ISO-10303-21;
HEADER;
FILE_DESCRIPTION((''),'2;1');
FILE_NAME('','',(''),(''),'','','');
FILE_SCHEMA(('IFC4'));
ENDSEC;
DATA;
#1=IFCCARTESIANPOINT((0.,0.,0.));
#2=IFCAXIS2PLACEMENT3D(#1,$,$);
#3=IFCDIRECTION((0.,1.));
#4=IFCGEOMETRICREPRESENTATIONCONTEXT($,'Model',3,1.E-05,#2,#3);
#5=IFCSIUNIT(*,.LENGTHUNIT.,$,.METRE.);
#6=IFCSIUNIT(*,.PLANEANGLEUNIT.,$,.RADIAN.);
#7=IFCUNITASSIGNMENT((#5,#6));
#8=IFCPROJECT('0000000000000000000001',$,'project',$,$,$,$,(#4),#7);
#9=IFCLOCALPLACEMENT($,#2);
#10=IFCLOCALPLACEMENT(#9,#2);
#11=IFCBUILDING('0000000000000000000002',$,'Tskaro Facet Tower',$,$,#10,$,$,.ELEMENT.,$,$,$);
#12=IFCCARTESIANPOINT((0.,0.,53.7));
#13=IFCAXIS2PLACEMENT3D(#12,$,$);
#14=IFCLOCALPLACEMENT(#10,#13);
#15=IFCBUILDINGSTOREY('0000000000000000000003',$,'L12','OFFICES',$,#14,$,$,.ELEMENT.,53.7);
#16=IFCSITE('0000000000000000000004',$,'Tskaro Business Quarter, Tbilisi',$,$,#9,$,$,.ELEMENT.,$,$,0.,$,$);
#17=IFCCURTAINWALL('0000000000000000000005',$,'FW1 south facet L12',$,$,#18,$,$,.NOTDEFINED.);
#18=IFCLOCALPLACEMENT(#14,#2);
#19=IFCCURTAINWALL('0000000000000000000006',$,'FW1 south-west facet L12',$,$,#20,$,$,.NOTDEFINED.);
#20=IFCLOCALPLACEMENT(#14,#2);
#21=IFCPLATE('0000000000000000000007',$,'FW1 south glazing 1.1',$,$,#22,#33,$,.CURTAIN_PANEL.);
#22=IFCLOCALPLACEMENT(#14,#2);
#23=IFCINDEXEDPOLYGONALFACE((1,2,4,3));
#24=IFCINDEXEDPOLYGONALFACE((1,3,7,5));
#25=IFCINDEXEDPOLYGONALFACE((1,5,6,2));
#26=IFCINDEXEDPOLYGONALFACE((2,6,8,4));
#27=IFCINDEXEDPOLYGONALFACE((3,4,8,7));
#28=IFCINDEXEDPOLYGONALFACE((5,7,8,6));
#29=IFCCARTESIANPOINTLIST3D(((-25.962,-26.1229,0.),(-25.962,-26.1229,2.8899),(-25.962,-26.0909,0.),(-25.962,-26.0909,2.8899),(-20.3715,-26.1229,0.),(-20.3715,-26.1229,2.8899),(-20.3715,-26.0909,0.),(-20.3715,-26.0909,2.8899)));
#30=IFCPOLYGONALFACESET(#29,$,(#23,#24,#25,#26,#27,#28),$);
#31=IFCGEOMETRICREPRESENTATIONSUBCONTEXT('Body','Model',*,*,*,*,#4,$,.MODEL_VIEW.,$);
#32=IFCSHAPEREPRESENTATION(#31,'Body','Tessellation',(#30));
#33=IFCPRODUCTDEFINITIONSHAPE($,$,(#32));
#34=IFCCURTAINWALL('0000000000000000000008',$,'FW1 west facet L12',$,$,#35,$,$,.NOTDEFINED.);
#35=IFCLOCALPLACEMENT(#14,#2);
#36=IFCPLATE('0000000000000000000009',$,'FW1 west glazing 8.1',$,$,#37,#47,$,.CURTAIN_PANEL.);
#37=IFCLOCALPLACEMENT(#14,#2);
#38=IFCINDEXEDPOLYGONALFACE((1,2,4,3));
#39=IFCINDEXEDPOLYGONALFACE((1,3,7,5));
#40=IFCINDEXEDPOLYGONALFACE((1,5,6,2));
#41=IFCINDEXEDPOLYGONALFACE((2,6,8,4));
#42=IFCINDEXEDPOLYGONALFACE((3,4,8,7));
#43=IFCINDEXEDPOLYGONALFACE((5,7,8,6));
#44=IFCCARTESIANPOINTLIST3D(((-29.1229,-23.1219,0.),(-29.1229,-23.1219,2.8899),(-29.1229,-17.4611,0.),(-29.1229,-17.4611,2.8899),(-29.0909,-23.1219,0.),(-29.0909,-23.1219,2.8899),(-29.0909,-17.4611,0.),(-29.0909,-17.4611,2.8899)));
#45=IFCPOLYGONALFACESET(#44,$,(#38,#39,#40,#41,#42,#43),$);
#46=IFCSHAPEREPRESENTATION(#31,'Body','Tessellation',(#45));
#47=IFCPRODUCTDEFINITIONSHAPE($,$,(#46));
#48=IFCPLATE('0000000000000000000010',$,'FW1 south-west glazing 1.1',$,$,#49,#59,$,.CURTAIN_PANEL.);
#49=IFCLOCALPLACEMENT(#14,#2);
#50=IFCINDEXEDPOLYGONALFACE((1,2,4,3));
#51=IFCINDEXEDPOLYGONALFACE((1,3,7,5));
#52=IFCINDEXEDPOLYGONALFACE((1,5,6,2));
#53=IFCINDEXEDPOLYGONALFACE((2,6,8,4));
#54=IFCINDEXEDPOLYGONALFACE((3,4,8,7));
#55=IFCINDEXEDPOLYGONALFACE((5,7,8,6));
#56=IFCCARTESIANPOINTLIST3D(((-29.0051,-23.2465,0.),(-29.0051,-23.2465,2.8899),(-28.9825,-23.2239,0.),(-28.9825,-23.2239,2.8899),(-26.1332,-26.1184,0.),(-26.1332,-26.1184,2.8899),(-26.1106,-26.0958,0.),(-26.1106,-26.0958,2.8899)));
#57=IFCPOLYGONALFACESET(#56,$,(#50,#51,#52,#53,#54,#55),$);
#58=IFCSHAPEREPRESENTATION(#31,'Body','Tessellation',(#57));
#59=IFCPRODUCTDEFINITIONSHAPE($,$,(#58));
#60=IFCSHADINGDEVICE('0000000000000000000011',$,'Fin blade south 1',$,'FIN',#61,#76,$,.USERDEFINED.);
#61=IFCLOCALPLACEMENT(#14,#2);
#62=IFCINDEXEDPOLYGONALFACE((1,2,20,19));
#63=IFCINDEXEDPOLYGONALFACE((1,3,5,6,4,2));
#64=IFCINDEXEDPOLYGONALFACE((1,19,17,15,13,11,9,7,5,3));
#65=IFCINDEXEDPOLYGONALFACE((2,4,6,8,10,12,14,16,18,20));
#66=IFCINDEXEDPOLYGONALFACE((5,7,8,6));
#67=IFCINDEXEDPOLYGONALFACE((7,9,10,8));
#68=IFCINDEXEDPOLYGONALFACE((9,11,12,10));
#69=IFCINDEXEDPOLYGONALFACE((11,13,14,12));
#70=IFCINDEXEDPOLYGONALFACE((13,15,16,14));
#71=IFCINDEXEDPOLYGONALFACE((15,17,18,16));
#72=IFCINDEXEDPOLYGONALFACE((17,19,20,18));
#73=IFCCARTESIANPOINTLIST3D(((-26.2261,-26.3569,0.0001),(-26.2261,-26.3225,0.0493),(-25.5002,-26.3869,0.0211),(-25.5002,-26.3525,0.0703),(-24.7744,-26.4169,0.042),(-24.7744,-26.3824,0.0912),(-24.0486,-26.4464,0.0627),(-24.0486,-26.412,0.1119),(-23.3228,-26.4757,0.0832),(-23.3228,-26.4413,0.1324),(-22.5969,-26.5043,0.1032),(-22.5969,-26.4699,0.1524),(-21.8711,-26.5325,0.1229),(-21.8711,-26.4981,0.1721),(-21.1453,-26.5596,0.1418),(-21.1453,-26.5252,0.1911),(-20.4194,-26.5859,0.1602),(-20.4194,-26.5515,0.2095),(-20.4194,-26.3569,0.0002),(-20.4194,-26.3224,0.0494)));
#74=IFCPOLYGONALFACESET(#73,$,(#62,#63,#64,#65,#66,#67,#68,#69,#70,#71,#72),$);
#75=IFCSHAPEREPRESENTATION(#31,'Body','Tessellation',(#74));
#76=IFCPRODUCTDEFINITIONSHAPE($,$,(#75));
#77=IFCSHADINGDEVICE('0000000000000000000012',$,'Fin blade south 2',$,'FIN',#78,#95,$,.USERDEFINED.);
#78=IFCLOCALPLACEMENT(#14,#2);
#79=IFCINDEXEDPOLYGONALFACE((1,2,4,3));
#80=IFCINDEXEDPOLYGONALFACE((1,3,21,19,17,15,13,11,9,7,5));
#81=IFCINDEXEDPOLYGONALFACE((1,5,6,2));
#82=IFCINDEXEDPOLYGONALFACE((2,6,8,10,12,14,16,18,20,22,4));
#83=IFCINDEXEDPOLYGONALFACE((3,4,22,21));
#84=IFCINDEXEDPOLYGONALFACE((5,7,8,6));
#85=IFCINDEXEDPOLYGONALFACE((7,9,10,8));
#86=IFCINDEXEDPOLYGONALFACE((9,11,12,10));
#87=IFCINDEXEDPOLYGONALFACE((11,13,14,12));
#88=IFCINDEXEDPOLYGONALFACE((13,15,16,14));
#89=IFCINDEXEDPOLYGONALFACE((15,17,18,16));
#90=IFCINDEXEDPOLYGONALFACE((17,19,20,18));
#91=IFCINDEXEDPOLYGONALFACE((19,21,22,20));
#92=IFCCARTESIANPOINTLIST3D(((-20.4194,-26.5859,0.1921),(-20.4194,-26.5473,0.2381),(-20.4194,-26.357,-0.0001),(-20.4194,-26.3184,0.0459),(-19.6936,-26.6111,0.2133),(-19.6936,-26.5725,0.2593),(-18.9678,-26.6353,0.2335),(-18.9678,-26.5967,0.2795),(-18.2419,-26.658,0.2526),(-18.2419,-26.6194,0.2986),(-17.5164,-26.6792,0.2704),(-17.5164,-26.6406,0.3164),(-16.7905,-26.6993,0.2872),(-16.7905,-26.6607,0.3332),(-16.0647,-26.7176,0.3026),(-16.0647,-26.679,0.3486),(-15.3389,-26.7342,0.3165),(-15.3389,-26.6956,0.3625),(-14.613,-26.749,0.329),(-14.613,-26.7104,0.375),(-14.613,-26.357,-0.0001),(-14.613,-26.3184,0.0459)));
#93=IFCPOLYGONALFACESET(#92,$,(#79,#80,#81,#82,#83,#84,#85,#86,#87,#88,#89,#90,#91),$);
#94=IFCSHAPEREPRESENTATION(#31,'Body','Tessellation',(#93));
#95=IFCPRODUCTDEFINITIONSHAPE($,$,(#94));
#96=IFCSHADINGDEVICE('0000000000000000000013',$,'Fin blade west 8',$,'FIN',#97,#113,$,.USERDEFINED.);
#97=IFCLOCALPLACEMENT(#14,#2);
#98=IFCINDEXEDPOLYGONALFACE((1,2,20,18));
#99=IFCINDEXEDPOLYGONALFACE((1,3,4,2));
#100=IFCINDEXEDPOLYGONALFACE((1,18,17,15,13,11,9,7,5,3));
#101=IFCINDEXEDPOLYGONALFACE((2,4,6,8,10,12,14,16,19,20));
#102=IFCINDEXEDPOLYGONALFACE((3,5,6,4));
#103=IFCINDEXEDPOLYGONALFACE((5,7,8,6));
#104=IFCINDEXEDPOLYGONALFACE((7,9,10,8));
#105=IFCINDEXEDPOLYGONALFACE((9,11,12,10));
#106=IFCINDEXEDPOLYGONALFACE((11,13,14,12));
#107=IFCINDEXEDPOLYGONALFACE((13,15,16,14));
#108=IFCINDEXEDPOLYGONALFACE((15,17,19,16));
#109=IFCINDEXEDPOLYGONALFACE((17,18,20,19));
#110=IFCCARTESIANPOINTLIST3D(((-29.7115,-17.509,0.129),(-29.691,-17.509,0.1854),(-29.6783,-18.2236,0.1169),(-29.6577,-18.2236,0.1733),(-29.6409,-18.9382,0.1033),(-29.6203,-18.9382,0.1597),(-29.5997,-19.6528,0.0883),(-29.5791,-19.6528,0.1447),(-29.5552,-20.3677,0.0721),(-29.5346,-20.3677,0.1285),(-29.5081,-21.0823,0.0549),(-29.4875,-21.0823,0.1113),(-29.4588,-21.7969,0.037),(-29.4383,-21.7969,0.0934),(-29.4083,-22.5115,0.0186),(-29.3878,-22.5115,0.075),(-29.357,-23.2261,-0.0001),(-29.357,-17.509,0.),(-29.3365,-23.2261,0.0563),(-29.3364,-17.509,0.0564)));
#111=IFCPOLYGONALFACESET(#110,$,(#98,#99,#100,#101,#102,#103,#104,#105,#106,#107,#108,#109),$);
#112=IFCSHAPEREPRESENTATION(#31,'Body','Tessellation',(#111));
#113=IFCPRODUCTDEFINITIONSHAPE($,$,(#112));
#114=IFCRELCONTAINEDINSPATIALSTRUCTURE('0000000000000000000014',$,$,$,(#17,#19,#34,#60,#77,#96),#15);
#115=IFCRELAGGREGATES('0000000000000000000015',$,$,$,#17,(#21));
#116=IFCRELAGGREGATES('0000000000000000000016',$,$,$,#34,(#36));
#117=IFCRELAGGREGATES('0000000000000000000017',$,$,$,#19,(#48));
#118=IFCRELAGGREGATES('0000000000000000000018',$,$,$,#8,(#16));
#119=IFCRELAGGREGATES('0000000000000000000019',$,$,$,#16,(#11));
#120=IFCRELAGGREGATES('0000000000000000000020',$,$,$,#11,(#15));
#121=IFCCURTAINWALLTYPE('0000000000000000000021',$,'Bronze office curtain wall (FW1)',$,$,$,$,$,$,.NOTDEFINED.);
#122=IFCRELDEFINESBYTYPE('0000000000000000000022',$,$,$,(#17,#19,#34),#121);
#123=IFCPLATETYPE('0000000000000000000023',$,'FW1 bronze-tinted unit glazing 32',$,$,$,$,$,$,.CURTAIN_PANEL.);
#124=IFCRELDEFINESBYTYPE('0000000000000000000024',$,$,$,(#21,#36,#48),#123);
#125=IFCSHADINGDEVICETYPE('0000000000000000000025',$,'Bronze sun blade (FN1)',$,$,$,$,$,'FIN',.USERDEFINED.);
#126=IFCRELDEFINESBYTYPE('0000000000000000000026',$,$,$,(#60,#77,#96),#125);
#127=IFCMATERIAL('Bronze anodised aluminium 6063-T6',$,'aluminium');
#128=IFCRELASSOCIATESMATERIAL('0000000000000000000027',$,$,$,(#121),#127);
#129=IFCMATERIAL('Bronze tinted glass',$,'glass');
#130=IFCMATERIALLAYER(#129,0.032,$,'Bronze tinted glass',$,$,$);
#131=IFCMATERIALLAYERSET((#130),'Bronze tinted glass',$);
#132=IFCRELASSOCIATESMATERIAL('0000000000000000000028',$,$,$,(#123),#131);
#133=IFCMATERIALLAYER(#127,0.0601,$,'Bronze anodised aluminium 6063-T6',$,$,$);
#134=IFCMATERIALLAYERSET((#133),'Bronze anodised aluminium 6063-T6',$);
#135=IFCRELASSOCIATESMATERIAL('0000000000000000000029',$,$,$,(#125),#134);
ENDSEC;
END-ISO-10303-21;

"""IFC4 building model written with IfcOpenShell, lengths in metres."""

from ifc_helpers import new_model, si_unit, direction, frame, origin, origin_2d, place, context, subcontext, project, spatial, polyline, rectangle, outline, extrude, material, layer, layer_set, type_object, element, aggregate, save


model = new_model("IFC4")

# Units and contexts
model_context = context("Model", 3, precision=1e-05, world=origin(), true_north=direction((0.0, 1.0)))
body_context = subcontext(model_context, "Body", "Model", "MODEL_VIEW")
ifc_project = project(units=[si_unit("LENGTHUNIT", "METRE"), si_unit("PLANEANGLEUNIT", "RADIAN")], contexts=[model_context])

# Site, building, storey
site_placement = place(None, origin())
site = spatial("IfcSite", under=ifc_project, at=site_placement, Name="Tskaro Business Quarter, Tbilisi", CompositionType="ELEMENT", RefElevation=0.0)
building_placement = place(site_placement, origin())
building = spatial("IfcBuilding", under=site, at=building_placement, Name="Tskaro Facet Tower", CompositionType="ELEMENT")
storey_placement = place(building_placement, frame((0.0, 0.0, 53.7)))
storey = spatial("IfcBuildingStorey", under=building, at=storey_placement, Name="L12", Description="OFFICES", CompositionType="ELEMENT", Elevation=53.7)

# Curtain walls
ifc_material_1 = material(Name="Bronze anodised aluminium 6063-T6", Category="aluminium")
curtain_wall_type = type_object("IfcCurtainWallType", Name="Bronze office curtain wall (FW1)", PredefinedType="NOTDEFINED", material=ifc_material_1)
curtain_wall_1_placement = place(storey_placement, origin())
curtain_wall_1 = element("IfcCurtainWall", 1, at=curtain_wall_1_placement, inside=storey, type_object=curtain_wall_type, Name="FW1 south facet L12", PredefinedType="NOTDEFINED")
curtain_wall_2_placement = place(storey_placement, origin())
curtain_wall_2 = element("IfcCurtainWall", 2, at=curtain_wall_2_placement, inside=storey, type_object=curtain_wall_type, Name="FW1 south-west facet L12", PredefinedType="NOTDEFINED")

# Plate
ifc_material_2 = material(Name="Bronze tinted glass", Category="glass")
ifc_layer_1 = layer(ifc_material_2, 0.032, Name="Bronze tinted glass")
ifc_layer_set_1 = layer_set([ifc_layer_1], Name="Bronze tinted glass")
plate_type = type_object("IfcPlateType", Name="FW1 bronze-tinted unit glazing 32", PredefinedType="CURTAIN_PANEL", material=ifc_layer_set_1)
plate_1_placement = place(storey_placement, frame((-23.1667, -26.1069, 0.0), z_axis=(0.0, 0.0, 1.0), x_axis=(1.0, 0.0, 0.0)))
plate_1 = element("IfcPlate", 3, at=plate_1_placement, type_object=plate_type, Name="FW1 south glazing 1.1", PredefinedType="CURTAIN_PANEL", context=body_context, shape_type="SweptSolid", body=[
    extrude(rectangle(XDim=5.5906, YDim=0.032, at=origin_2d()), origin(), (0.0, 0.0, 1.0), 2.8899),
])
aggregate(curtain_wall_1, [plate_1])

# Curtain wall, plate
curtain_wall_3_placement = place(storey_placement, origin())
curtain_wall_3 = element("IfcCurtainWall", 4, at=curtain_wall_3_placement, inside=storey, type_object=curtain_wall_type, Name="FW1 west facet L12", PredefinedType="NOTDEFINED")
plate_2_placement = place(storey_placement, frame((-29.1069, -20.2915, 0.0), z_axis=(0.0, 0.0, 1.0), x_axis=(0.0, -1.0, 0.0)))
plate_2 = element("IfcPlate", 5, at=plate_2_placement, type_object=plate_type, Name="FW1 west glazing 8.1", PredefinedType="CURTAIN_PANEL", context=body_context, shape_type="SweptSolid", body=[
    extrude(rectangle(XDim=5.6609, YDim=0.032, at=origin_2d()), origin(), (0.0, 0.0, 1.0), 2.8899),
])
aggregate(curtain_wall_3, [plate_2])

# Plate
plate_3_placement = place(storey_placement, frame((-27.5579, -24.6711, 0.0), z_axis=(0.0, 0.0, 1.0), x_axis=(0.707107, -0.707107, 0.0)))
plate_3 = element("IfcPlate", 6, at=plate_3_placement, type_object=plate_type, Name="FW1 south-west glazing 1.1", PredefinedType="CURTAIN_PANEL", context=body_context, shape_type="SweptSolid", body=[
    extrude(rectangle(XDim=4.0615, YDim=0.032, at=origin_2d()), origin(), (0.0, 0.0, 1.0), 2.8899),
])
aggregate(curtain_wall_2, [plate_3])

# Shading devices
ifc_layer_2 = layer(ifc_material_1, 0.0601, Name="Bronze anodised aluminium 6063-T6")
ifc_layer_set_2 = layer_set([ifc_layer_2], Name="Bronze anodised aluminium 6063-T6")
shading_device_type = type_object("IfcShadingDeviceType", Name="Bronze sun blade (FN1)", ElementType="FIN", PredefinedType="USERDEFINED", material=ifc_layer_set_2)
shading_device_1_placement = place(storey_placement, frame((-26.2261, -26.3225, 0.0493), z_axis=(-0.000018, 0.572818, 0.819682), x_axis=(1.0, 0.00001, 0.000015)))
element("IfcShadingDevice", 7, at=shading_device_1_placement, inside=storey, type_object=shading_device_type, Name="Fin blade south 1", ObjectType="FIN", PredefinedType="USERDEFINED", context=body_context, shape_type="SweptSolid", body=[
    extrude(outline(polyline([(0.0, 0.0), (5.8066, 0.0), (5.8066, -0.2795), (5.0808, -0.2473), (4.355, -0.2142), (3.6292, -0.1799), (2.9033, -0.145), (2.1775, -0.1092), (1.4517, -0.0731), (0.7258, -0.0366), (0.0, 0.0)])), origin(), (0.0, 0.0, -1.0), 0.0601),
])
shading_device_2_placement = place(storey_placement, frame((-20.4194, -26.3184, 0.0459), z_axis=(-0.000002, 0.642947, 0.765911), x_axis=(1.0, 0.000001, 0.000001)))
element("IfcShadingDevice", 8, at=shading_device_2_placement, inside=storey, type_object=shading_device_type, Name="Fin blade south 2", ObjectType="FIN", PredefinedType="USERDEFINED", context=body_context, shape_type="SweptSolid", body=[
    extrude(outline(polyline([(0.0, 0.0), (5.8064, 0.0), (5.8064, -0.5119), (5.0806, -0.4925), (4.3547, -0.4708), (3.6289, -0.4469), (2.9031, -0.4207), (2.1775, -0.393), (1.4517, -0.3634), (0.7258, -0.3318), (0.0, -0.2989), (0.0, 0.0)])), origin(), (0.0, 0.0, -1.0), 0.0601),
])
shading_device_3_placement = place(storey_placement, frame((-29.3364, -17.509, 0.0564), z_axis=(0.342038, -0.000018, 0.939686), x_axis=(-0.000006, -1.0, -0.000017)))
element("IfcShadingDevice", 9, at=shading_device_3_placement, inside=storey, type_object=shading_device_type, Name="Fin blade west 8", ObjectType="FIN", PredefinedType="USERDEFINED", context=body_context, shape_type="SweptSolid", body=[
    extrude(outline(polyline([(0.0, 0.0), (5.717, 0.0), (5.0024, -0.0546), (4.2878, -0.1084), (3.5732, -0.1608), (2.8586, -0.2109), (2.1438, -0.2583), (1.4292, -0.3021), (0.7146, -0.3419), (0.0, -0.3773), (0.0, 0.0)])), origin(), (0.0, 0.0, -1.0), 0.0601),
])

save(model, "model.ifc")
